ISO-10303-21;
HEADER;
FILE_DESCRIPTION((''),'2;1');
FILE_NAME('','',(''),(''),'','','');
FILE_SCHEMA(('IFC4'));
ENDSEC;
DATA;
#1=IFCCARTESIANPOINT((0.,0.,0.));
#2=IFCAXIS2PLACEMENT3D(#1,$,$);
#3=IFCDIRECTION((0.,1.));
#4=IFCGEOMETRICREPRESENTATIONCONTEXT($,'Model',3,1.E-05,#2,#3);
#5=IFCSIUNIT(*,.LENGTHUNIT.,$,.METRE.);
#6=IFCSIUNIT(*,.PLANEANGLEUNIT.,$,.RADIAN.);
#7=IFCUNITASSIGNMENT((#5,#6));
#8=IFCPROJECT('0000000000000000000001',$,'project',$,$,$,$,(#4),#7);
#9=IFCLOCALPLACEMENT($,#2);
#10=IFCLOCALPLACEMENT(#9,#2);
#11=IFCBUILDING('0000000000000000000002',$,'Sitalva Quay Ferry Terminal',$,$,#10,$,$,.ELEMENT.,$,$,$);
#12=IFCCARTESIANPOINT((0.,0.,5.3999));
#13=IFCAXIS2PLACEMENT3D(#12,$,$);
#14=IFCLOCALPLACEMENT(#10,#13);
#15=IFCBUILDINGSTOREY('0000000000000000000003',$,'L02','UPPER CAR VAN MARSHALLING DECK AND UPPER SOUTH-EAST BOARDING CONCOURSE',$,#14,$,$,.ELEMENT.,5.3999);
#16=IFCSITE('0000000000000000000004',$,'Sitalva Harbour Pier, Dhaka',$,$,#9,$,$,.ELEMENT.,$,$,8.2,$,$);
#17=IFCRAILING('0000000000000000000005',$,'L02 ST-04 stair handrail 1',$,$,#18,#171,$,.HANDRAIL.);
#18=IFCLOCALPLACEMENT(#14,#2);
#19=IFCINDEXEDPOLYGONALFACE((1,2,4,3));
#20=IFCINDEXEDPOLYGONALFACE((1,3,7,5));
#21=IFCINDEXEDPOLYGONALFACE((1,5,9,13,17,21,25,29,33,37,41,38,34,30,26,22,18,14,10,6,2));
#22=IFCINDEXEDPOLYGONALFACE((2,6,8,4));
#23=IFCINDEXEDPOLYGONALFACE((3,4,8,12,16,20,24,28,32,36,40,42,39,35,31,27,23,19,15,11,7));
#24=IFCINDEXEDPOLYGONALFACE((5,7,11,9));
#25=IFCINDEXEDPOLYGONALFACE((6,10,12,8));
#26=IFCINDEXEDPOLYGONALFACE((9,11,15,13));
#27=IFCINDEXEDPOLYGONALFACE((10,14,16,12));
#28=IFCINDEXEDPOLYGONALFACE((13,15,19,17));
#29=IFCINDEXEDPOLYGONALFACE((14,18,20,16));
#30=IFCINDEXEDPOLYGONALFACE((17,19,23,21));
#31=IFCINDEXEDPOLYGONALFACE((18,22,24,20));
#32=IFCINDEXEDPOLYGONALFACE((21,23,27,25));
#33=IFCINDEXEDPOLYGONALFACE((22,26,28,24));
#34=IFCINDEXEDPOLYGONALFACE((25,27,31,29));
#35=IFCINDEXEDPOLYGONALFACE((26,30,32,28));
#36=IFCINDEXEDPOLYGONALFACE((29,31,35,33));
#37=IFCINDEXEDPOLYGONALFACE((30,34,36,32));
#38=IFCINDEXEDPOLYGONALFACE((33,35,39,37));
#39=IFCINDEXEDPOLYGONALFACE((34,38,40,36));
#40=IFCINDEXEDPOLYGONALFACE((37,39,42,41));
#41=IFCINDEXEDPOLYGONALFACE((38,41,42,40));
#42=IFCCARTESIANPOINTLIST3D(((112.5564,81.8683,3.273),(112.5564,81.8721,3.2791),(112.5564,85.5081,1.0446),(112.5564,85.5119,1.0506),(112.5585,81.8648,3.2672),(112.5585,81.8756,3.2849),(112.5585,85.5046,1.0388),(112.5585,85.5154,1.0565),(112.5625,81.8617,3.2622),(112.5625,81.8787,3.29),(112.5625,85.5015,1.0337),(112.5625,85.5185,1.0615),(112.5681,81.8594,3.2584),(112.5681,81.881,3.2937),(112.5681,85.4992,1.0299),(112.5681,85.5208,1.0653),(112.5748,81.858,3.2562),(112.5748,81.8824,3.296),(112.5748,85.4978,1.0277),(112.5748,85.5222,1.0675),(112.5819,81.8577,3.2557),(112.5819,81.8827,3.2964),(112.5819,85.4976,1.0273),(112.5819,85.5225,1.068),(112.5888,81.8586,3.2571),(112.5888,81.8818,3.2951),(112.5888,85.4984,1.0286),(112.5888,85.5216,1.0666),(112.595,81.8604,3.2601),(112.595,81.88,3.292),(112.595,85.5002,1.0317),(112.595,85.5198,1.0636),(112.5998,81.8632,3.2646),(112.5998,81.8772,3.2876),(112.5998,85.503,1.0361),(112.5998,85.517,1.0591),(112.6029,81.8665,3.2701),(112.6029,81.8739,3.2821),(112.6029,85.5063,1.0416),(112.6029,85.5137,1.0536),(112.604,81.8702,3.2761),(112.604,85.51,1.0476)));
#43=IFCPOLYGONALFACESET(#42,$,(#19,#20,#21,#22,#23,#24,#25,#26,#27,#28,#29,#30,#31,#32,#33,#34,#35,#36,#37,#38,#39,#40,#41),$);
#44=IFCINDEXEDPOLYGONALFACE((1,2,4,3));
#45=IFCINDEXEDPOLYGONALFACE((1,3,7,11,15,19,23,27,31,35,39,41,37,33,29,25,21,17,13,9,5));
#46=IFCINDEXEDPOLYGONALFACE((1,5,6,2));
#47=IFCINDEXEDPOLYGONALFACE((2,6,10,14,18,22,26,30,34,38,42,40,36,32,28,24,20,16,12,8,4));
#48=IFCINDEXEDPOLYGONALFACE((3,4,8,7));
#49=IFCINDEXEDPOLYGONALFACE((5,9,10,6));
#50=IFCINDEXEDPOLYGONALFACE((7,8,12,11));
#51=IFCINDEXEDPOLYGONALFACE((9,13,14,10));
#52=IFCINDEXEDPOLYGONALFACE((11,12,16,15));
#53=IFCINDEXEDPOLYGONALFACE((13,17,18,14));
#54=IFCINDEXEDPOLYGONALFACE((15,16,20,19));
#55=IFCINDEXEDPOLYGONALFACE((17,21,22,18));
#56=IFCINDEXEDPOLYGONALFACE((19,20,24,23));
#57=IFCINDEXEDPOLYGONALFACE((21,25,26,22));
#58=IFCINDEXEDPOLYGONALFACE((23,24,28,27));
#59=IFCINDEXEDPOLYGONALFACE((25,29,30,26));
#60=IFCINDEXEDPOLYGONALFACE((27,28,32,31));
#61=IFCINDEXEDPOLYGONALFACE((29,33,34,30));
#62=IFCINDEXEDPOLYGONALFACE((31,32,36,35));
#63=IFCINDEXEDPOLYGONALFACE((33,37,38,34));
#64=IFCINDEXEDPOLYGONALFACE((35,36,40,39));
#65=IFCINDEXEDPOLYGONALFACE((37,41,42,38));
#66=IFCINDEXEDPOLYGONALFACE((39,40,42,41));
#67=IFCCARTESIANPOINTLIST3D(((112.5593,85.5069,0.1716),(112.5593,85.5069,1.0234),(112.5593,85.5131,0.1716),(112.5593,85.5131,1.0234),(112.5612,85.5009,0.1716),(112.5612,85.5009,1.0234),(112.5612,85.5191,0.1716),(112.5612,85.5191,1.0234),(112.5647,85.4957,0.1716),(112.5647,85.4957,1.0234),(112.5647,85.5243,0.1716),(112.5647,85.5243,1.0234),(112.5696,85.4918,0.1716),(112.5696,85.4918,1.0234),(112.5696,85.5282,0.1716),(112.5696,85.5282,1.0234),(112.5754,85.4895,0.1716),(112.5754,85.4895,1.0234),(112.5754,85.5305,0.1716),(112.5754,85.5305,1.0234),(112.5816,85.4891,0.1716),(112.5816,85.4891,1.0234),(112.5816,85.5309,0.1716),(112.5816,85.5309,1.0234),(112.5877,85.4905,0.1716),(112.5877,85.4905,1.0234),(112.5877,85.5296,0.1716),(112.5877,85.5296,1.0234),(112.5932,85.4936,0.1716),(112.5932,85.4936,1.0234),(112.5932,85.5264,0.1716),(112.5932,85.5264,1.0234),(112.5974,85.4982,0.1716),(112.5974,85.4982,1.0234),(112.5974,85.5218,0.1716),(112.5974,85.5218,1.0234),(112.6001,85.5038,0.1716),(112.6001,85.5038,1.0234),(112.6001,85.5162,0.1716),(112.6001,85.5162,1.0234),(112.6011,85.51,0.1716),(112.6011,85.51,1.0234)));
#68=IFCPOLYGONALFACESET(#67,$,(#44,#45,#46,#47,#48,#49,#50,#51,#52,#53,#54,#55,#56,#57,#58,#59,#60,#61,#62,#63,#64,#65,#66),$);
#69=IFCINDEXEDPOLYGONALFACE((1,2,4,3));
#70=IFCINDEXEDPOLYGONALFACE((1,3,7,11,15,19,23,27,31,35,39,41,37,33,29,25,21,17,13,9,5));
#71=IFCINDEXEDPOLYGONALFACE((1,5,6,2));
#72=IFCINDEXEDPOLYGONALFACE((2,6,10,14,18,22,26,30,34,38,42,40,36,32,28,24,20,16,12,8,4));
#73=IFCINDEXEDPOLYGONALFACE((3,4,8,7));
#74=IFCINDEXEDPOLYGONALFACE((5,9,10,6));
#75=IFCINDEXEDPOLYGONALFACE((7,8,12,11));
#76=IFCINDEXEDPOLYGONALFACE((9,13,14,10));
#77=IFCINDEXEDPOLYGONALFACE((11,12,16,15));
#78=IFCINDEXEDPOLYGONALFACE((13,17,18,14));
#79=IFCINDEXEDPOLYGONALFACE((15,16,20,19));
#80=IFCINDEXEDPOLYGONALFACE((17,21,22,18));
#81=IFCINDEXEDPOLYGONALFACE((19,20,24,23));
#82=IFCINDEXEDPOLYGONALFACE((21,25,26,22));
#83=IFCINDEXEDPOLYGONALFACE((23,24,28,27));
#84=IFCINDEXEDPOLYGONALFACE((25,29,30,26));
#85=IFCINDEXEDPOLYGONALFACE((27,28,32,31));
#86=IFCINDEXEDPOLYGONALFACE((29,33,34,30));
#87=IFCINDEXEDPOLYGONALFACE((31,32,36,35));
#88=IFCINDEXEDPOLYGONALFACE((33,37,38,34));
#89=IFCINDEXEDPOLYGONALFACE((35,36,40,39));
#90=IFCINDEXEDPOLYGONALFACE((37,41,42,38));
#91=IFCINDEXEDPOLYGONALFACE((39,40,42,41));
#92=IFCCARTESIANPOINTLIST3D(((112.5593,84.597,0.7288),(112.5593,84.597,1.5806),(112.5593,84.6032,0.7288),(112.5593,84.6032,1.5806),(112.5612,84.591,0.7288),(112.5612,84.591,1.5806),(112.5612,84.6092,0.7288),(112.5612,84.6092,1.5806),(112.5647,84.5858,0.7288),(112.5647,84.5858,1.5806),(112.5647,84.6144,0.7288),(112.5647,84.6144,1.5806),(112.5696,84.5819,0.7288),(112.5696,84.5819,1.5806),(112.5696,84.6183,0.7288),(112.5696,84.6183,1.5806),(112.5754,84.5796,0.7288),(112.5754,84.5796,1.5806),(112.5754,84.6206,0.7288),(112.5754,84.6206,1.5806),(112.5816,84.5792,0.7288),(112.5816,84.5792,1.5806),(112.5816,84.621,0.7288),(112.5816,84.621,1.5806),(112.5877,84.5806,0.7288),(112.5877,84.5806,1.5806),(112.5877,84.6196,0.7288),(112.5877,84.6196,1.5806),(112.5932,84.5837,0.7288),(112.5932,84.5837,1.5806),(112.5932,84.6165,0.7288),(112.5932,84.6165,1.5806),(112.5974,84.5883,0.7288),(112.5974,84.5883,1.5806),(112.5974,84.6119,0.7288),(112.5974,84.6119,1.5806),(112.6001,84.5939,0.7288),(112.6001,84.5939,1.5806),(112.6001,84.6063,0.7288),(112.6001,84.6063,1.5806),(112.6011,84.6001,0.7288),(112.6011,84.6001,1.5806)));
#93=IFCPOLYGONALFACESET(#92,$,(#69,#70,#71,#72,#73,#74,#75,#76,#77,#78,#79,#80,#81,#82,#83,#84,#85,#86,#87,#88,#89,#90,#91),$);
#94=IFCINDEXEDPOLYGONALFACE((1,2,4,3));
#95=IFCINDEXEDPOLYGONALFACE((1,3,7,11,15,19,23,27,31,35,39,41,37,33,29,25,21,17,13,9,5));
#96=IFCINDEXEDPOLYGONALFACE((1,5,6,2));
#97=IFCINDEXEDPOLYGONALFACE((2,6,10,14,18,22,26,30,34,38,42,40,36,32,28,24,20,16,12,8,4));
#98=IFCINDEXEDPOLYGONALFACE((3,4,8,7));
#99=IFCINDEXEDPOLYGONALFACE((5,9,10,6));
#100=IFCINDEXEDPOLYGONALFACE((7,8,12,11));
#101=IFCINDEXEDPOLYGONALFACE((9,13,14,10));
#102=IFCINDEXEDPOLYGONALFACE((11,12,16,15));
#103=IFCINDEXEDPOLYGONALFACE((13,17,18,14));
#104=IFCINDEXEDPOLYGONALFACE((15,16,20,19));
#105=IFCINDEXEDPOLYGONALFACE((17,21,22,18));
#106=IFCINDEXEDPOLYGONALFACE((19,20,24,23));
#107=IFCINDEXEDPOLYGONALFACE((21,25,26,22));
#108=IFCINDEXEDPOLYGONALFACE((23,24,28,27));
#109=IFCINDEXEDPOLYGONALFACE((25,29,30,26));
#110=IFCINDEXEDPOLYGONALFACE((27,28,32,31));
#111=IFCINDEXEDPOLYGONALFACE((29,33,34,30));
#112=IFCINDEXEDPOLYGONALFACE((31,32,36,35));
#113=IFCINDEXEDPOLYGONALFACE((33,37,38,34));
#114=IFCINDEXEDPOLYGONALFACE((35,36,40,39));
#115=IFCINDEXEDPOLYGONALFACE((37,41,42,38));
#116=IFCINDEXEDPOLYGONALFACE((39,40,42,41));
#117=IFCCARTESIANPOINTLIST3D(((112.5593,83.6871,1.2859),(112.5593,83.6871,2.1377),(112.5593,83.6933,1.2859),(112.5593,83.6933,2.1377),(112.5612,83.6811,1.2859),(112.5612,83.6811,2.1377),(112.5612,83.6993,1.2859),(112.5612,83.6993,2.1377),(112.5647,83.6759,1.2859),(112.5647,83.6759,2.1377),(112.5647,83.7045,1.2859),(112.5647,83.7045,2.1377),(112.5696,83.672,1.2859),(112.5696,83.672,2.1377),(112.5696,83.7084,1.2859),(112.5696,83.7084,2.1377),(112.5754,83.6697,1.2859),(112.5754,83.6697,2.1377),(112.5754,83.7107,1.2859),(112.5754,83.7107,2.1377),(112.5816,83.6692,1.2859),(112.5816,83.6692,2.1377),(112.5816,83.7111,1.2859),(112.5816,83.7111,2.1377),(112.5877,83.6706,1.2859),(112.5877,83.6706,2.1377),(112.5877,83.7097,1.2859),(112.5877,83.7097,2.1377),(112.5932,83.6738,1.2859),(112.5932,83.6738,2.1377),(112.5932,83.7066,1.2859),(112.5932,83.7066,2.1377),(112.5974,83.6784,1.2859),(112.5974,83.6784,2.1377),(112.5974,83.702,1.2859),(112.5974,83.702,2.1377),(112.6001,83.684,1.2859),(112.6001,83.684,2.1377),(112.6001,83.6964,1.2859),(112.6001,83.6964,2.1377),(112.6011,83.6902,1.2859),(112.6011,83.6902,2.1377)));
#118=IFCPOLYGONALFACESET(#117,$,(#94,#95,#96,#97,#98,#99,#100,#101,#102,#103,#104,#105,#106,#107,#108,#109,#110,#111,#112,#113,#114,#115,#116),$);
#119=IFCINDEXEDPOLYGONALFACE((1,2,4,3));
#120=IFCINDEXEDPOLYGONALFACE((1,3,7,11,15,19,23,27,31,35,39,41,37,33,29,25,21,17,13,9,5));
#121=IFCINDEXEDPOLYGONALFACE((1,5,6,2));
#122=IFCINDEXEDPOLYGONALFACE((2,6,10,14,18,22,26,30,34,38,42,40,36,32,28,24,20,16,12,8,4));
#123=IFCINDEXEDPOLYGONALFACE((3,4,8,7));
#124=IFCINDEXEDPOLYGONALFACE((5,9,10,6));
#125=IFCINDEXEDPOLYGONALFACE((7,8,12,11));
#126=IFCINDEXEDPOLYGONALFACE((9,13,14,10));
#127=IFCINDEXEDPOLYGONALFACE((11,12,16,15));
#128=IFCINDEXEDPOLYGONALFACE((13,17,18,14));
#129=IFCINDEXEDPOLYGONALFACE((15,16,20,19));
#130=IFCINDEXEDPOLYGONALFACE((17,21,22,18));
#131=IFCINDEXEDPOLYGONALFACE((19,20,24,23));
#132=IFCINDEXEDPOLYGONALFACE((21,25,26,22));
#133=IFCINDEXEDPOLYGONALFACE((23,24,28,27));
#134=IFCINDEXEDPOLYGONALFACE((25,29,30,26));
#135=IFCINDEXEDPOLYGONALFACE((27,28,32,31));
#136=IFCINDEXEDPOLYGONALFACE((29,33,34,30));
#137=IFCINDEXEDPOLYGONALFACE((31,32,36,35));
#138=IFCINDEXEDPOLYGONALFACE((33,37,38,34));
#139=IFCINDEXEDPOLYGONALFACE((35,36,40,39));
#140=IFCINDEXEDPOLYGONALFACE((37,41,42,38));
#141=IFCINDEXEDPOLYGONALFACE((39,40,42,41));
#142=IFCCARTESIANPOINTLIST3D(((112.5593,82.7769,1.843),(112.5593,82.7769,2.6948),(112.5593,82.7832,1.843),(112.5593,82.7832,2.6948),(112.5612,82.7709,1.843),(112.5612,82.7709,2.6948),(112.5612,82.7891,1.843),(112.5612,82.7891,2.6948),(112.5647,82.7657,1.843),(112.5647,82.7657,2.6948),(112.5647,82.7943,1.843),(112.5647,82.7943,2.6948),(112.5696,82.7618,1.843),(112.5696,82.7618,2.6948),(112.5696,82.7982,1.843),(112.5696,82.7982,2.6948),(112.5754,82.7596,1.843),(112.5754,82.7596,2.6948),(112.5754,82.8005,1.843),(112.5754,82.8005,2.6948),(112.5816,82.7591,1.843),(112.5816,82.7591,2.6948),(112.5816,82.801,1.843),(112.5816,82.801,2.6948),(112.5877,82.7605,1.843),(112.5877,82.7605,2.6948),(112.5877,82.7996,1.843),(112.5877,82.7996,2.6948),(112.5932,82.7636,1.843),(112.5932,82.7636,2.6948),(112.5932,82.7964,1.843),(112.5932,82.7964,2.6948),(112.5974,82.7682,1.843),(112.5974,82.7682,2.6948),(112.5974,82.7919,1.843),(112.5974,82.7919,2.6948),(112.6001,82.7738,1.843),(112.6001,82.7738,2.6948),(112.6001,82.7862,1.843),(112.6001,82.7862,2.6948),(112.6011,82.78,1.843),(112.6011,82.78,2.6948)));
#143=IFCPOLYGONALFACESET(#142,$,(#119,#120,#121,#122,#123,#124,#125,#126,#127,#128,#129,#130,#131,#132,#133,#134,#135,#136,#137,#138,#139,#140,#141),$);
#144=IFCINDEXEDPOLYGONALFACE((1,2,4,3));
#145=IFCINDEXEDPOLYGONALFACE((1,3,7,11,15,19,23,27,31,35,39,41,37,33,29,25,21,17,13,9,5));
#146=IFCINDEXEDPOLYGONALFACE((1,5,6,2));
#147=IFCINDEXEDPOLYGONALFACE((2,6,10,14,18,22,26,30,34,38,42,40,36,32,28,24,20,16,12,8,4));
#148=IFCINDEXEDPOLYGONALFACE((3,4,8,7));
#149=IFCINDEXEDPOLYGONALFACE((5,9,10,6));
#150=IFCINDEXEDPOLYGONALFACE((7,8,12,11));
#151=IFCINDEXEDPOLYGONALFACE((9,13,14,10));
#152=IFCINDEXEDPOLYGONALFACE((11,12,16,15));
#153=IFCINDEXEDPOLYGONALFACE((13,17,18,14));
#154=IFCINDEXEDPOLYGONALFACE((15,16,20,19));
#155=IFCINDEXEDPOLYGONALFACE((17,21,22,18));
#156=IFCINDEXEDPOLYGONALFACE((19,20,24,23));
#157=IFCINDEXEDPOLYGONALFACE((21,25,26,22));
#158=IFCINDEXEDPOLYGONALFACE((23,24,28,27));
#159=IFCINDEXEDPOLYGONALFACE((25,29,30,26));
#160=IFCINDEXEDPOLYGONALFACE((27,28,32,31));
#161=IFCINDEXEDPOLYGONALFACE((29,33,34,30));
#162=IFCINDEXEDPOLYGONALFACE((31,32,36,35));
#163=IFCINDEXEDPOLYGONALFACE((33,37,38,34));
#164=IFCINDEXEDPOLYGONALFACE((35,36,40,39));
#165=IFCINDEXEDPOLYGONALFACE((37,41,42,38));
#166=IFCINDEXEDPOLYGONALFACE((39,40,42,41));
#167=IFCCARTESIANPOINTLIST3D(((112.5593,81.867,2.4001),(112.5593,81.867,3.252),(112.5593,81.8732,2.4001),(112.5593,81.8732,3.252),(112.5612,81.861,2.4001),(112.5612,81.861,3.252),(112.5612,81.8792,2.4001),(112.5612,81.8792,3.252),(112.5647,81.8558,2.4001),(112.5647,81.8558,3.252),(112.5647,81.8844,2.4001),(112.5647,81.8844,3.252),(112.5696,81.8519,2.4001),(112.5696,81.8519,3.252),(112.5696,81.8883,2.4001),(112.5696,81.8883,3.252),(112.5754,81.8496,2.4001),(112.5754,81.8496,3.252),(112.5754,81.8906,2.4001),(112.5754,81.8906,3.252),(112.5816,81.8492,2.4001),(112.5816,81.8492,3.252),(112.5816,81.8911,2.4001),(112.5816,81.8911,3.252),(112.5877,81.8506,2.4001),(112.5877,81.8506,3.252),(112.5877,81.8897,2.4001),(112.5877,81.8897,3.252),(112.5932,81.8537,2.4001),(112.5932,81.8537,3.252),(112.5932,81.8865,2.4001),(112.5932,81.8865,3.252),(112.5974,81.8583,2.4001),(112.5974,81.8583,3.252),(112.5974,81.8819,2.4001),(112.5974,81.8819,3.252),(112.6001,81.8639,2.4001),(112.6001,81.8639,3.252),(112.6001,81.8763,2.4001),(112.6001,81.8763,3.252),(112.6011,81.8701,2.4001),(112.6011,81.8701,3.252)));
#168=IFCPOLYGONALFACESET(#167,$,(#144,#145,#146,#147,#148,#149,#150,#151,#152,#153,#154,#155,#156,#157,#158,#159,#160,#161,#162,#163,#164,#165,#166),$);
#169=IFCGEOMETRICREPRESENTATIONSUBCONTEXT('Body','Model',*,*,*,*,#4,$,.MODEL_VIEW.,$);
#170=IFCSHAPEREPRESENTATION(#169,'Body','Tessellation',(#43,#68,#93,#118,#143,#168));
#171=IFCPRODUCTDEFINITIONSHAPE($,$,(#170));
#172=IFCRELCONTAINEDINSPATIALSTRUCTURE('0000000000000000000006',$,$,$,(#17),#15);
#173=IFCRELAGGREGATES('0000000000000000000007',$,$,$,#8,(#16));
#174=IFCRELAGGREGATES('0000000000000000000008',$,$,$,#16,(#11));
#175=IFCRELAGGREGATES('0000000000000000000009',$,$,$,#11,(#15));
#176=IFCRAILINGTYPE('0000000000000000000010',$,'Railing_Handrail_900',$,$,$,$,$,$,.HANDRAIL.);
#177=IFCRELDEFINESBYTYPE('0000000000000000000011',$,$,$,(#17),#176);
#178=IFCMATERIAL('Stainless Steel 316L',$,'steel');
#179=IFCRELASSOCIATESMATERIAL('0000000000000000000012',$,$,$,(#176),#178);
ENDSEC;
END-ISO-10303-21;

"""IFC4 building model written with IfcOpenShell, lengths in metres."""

from ifc_helpers import new_model, si_unit, direction, frame, origin, origin_2d, place, context, subcontext, project, spatial, circle, extrude, material, type_object, element, save


model = new_model("IFC4")

# Units and contexts
model_context = context("Model", 3, precision=1e-05, world=origin(), true_north=direction((0.0, 1.0)))
body_context = subcontext(model_context, "Body", "Model", "MODEL_VIEW")
ifc_project = project(units=[si_unit("LENGTHUNIT", "METRE"), si_unit("PLANEANGLEUNIT", "RADIAN")], contexts=[model_context])

# Site, building, storey
site_placement = place(None, origin())
site = spatial("IfcSite", under=ifc_project, at=site_placement, Name="Sitalva Harbour Pier, Dhaka", CompositionType="ELEMENT", RefElevation=8.2)
building_placement = place(site_placement, origin())
building = spatial("IfcBuilding", under=site, at=building_placement, Name="Sitalva Quay Ferry Terminal", CompositionType="ELEMENT")
storey_placement = place(building_placement, frame((0.0, 0.0, 5.3999)))
storey = spatial("IfcBuildingStorey", under=building, at=storey_placement, Name="L02", Description="UPPER CAR VAN MARSHALLING DECK AND UPPER SOUTH-EAST BOARDING CONCOURSE", CompositionType="ELEMENT", Elevation=5.3999)

# Railing
ifc_material_1 = material(Name="Stainless Steel 316L", Category="steel")
railing_type_1 = type_object("IfcRailingType", Name="Railing_Handrail_900", PredefinedType="HANDRAIL", material=ifc_material_1)
railing_1_placement = place(storey_placement, frame((112.5801, 85.51, 0.1716)))
element("IfcRailing", 1, at=railing_1_placement, inside=storey, type_object=railing_type_1, Name="L02 ST-04 stair handrail 1", PredefinedType="HANDRAIL", context=body_context, shape_type="SweptSolid", body=[
    extrude(circle(Radius=0.0239, at=origin_2d()), frame((0.0, 0.0, 0.876), z_axis=(0.0, -0.85285, 0.522156), x_axis=(1.0, 0.0, 0.0)), (0.0, 0.0, 1.0), 4.2678),
    extrude(circle(Radius=0.021, at=origin_2d()), origin(), (0.0, 0.0, 1.0), 0.8518),
    extrude(circle(Radius=0.021, at=origin_2d()), frame((0.0, -0.9099, 0.5571)), (0.0, 0.0, 1.0), 0.8518),
    extrude(circle(Radius=0.021, at=origin_2d()), frame((0.0, -1.8198, 1.1143)), (0.0, 0.0, 1.0), 0.8518),
    extrude(circle(Radius=0.021, at=origin_2d()), frame((0.0, -2.73, 1.6714)), (0.0, 0.0, 1.0), 0.8518),
    extrude(circle(Radius=0.021, at=origin_2d()), frame((0.0, -3.6399, 2.2285)), (0.0, 0.0, 1.0), 0.8518),
])

save(model, "model.ifc")
